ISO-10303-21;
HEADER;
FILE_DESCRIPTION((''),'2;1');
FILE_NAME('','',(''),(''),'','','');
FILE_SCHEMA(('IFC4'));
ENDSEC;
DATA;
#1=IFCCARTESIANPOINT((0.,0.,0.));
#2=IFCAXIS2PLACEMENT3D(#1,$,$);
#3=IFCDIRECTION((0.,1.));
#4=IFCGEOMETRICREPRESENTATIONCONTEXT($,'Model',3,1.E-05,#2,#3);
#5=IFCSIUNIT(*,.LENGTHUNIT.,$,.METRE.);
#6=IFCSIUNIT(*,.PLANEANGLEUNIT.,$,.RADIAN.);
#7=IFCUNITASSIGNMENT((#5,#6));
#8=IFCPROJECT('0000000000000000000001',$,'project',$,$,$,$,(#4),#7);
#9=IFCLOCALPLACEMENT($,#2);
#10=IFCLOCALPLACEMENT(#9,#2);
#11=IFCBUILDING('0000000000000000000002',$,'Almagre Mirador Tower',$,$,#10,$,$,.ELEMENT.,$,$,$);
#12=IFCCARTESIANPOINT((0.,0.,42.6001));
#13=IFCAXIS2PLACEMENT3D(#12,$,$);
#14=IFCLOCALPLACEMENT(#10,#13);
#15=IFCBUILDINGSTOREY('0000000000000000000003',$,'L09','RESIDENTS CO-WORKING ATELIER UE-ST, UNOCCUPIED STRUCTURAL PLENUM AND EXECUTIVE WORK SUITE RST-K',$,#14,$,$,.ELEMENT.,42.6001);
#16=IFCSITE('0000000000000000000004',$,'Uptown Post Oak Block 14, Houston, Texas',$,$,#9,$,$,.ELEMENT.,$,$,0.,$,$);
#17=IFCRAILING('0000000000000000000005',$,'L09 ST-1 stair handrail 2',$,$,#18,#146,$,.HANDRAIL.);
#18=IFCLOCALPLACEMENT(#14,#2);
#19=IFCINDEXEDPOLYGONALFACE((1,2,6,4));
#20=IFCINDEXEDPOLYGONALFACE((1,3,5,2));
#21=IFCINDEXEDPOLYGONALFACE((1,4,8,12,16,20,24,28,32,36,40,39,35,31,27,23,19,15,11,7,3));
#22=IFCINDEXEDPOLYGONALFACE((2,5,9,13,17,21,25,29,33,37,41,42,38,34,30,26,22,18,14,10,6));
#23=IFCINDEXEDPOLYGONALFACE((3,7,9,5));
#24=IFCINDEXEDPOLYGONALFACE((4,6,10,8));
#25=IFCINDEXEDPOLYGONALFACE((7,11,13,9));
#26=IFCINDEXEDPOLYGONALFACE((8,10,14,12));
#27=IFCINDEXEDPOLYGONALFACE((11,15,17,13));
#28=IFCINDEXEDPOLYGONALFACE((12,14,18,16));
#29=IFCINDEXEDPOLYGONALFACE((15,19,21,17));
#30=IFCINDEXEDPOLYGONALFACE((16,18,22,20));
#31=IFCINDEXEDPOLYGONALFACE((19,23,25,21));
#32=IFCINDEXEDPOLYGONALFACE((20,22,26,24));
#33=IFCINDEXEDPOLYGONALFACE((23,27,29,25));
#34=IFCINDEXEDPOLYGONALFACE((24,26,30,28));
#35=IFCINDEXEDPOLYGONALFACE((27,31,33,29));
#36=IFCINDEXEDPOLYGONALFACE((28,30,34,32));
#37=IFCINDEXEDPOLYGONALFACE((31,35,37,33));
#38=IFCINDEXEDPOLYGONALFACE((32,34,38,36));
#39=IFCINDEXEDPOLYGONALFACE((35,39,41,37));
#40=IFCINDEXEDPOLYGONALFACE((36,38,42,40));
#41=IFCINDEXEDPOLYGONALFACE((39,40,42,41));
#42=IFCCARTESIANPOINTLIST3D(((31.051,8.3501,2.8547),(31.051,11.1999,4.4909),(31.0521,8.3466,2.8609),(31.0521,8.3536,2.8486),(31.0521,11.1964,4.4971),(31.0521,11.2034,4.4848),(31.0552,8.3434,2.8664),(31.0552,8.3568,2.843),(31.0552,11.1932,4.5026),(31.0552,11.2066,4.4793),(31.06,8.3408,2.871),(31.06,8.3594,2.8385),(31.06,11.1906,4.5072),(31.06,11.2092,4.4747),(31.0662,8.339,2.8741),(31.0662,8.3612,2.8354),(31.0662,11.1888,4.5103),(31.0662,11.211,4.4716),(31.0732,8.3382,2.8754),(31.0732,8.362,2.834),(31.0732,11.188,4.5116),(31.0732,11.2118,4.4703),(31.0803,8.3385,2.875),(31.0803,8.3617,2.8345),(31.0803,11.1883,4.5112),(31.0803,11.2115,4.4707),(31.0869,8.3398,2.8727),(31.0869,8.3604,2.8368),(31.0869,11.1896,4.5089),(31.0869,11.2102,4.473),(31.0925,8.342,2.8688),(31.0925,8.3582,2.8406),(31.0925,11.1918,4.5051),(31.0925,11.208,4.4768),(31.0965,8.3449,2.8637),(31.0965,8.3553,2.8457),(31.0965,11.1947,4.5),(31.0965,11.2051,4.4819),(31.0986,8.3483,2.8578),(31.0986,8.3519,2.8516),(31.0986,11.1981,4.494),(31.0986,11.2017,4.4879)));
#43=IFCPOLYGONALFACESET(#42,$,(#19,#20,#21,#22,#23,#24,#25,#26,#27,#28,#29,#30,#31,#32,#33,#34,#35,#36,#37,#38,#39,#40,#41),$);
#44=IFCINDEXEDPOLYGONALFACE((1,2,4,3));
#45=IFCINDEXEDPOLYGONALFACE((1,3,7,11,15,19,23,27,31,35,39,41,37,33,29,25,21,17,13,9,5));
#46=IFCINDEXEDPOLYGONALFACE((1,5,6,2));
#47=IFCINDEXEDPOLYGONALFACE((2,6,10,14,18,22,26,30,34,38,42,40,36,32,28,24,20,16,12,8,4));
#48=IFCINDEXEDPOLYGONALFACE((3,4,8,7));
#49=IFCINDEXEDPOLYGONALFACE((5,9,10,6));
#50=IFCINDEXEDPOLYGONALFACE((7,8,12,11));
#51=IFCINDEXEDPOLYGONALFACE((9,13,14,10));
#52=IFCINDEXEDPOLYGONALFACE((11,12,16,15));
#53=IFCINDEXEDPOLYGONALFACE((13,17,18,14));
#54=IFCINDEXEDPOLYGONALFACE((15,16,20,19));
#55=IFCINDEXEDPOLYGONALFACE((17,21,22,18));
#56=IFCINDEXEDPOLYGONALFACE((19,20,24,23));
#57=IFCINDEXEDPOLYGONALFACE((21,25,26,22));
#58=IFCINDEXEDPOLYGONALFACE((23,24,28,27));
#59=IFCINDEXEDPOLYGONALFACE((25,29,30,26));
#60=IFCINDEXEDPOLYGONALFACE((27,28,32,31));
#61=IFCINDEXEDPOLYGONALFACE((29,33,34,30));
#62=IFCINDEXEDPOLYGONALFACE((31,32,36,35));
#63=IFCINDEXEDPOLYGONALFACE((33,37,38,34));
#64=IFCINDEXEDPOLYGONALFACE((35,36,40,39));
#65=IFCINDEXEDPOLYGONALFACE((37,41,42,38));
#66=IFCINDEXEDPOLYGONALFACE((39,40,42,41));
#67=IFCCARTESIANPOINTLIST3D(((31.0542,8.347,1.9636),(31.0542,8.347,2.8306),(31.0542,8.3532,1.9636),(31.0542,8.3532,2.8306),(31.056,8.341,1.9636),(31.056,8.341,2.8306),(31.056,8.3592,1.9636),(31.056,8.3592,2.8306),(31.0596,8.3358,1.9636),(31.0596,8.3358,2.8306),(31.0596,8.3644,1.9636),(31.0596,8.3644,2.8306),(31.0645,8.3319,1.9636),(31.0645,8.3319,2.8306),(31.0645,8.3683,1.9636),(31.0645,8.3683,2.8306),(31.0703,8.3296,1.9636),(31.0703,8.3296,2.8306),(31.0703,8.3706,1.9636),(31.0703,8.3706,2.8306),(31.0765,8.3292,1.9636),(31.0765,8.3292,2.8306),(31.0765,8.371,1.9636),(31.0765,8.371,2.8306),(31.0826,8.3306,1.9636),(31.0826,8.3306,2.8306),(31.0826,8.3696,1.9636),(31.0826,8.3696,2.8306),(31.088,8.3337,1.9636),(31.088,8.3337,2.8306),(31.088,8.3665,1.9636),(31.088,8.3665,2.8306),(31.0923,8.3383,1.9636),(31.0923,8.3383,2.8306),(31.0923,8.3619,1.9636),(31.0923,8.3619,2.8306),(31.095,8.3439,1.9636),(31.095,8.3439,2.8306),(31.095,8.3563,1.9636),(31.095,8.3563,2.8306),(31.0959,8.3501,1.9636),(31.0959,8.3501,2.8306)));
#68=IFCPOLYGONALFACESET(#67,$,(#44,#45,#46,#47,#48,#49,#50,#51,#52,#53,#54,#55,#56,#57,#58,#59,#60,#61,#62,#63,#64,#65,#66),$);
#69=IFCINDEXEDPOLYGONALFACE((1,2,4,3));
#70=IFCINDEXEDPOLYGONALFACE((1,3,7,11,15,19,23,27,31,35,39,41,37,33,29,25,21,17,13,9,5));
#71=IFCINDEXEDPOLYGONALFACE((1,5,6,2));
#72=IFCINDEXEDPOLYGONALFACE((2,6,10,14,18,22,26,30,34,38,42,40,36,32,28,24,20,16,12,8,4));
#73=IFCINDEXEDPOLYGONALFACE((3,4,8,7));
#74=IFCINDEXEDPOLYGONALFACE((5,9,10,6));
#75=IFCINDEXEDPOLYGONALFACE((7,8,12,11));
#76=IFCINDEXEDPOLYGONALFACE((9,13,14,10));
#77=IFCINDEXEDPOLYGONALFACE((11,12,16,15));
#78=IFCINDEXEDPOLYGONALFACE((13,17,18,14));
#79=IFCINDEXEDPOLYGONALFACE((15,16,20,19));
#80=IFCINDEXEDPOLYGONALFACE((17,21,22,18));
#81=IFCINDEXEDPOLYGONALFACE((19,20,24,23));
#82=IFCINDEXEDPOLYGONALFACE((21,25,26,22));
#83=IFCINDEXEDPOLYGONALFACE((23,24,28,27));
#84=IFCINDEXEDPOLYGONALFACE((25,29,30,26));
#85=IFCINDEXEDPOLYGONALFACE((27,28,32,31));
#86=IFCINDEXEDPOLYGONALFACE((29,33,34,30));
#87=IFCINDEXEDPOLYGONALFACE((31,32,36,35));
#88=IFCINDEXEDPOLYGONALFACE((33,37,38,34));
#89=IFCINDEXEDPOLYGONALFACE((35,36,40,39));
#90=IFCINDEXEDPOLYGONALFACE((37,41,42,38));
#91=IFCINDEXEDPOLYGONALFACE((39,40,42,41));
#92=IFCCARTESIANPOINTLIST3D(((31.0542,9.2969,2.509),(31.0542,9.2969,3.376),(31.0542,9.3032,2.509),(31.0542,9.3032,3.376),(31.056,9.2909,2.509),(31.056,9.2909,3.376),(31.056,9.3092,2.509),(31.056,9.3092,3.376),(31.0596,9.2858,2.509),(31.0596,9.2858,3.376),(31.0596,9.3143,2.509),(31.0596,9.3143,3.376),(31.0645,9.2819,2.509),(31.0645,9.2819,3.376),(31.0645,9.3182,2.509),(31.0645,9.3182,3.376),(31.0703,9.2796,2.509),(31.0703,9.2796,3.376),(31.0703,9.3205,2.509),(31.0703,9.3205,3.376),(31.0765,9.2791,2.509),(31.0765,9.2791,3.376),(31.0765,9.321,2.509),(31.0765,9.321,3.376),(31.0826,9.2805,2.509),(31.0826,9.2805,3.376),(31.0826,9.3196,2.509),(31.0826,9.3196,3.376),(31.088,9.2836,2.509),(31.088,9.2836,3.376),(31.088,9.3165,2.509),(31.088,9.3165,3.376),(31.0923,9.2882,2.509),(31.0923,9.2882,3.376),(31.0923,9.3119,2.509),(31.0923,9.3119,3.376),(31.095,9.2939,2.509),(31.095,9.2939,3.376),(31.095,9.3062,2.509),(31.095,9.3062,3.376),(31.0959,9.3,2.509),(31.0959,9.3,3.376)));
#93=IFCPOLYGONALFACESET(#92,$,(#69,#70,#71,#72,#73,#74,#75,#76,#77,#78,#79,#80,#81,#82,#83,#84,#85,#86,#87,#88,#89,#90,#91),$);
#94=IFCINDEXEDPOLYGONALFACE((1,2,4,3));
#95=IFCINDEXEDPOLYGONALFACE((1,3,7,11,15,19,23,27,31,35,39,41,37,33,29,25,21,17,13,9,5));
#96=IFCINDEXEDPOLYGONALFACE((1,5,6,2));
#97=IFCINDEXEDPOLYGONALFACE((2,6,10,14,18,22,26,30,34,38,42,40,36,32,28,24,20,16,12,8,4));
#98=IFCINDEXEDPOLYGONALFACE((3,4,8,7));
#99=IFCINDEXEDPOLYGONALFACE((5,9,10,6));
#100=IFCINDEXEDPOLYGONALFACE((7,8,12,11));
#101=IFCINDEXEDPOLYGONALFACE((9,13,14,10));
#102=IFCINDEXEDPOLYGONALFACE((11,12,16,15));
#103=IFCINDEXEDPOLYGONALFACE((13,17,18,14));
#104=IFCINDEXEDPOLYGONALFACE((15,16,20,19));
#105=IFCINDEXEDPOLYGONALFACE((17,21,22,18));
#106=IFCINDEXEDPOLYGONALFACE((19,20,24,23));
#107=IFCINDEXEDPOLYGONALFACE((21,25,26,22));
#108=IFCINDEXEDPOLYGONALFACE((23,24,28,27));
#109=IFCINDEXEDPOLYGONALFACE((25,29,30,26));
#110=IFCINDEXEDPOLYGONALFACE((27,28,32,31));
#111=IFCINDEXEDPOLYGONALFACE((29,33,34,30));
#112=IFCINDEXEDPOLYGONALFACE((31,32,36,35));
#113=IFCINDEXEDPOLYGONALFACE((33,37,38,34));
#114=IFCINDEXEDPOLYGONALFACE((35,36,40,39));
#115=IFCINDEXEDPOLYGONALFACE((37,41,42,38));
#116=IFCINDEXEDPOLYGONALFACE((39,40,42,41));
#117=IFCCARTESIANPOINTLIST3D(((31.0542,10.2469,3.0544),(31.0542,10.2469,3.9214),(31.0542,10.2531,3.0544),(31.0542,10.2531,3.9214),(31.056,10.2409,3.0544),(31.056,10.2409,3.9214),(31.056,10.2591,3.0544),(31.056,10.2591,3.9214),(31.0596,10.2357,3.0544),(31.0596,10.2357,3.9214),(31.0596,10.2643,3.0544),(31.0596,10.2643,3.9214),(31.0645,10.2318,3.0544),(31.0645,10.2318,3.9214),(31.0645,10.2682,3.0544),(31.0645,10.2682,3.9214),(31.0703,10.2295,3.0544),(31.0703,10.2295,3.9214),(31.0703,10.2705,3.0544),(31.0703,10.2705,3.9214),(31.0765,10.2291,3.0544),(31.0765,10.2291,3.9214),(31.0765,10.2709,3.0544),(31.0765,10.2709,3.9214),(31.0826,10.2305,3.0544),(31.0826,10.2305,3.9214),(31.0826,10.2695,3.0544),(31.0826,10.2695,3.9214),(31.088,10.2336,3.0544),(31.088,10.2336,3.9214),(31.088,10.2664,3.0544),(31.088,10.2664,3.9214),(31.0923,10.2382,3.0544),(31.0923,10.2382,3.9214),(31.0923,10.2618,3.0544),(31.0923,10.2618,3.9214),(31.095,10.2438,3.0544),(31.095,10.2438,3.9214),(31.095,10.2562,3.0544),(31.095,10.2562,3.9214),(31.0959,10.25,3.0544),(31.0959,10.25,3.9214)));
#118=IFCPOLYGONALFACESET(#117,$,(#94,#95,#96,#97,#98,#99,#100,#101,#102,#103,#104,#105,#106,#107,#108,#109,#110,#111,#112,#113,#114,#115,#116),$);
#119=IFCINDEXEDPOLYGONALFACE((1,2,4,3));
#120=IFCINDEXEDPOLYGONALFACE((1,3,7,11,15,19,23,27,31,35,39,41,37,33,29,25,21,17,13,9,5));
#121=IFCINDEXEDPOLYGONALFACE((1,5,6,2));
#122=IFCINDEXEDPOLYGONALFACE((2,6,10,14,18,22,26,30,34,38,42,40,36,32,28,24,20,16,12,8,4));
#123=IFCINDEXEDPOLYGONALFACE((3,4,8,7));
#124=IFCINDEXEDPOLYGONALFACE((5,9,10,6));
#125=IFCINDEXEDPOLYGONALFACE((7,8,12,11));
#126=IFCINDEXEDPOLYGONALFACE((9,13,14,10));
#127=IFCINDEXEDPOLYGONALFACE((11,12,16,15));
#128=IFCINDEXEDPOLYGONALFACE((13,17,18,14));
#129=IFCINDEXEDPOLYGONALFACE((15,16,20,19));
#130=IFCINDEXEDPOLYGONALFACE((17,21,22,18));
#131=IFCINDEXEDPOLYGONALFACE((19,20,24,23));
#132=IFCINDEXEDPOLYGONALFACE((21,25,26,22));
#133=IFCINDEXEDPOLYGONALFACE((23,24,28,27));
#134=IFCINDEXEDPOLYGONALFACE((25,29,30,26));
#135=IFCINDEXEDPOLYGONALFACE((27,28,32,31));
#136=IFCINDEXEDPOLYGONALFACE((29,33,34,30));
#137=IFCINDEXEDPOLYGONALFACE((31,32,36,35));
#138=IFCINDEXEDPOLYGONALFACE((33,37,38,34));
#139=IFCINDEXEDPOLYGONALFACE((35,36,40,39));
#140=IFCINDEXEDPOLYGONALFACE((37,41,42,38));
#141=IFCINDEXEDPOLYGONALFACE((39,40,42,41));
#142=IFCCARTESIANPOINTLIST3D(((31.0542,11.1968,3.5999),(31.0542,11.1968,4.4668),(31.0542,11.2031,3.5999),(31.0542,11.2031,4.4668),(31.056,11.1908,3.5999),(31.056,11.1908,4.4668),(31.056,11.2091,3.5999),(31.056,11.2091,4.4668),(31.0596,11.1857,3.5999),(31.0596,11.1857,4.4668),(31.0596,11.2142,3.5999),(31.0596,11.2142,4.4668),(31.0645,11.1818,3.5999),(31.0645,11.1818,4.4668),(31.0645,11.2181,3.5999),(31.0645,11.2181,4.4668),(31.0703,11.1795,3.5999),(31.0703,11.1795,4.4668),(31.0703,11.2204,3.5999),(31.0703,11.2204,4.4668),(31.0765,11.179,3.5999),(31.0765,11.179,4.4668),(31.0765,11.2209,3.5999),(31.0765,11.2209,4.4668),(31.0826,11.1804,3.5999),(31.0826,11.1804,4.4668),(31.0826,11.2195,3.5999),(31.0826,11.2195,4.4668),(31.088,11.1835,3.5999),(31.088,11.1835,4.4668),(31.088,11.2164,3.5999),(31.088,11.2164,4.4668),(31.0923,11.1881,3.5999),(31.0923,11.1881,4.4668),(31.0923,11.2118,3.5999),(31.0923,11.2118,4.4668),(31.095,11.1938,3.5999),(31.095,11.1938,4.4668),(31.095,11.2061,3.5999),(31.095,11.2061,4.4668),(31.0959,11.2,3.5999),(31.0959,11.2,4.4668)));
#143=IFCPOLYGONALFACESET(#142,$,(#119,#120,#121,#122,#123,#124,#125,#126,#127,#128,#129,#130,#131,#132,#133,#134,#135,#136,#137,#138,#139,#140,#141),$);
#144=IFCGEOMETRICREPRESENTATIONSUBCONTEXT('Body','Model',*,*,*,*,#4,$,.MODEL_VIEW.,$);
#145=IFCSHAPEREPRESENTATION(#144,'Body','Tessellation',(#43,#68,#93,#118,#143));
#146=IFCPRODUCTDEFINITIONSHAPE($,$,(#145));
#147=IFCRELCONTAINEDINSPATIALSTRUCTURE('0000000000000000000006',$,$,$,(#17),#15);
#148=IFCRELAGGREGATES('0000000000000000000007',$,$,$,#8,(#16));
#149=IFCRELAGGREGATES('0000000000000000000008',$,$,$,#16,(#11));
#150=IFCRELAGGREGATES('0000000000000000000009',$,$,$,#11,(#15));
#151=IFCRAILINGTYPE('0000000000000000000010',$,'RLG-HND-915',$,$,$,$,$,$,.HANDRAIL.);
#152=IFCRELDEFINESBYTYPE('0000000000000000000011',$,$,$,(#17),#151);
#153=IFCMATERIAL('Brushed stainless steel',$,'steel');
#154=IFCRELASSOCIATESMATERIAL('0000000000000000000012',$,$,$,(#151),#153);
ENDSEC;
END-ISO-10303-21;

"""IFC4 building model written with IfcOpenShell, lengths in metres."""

from ifc_helpers import new_model, si_unit, direction, frame, origin, origin_2d, place, context, subcontext, project, spatial, circle, extrude, material, type_object, element, save


model = new_model("IFC4")

# Units and contexts
model_context = context("Model", 3, precision=1e-05, world=origin(), true_north=direction((0.0, 1.0)))
body_context = subcontext(model_context, "Body", "Model", "MODEL_VIEW")
ifc_project = project(units=[si_unit("LENGTHUNIT", "METRE"), si_unit("PLANEANGLEUNIT", "RADIAN")], contexts=[model_context])

# Site, building, storey
site_placement = place(None, origin())
site = spatial("IfcSite", under=ifc_project, at=site_placement, Name="Uptown Post Oak Block 14, Houston, Texas", CompositionType="ELEMENT", RefElevation=0.0)
building_placement = place(site_placement, origin())
building = spatial("IfcBuilding", under=site, at=building_placement, Name="Almagre Mirador Tower", CompositionType="ELEMENT")
storey_placement = place(building_placement, frame((0.0, 0.0, 42.6001)))
storey = spatial("IfcBuildingStorey", under=building, at=storey_placement, Name="L09", Description="RESIDENTS CO-WORKING ATELIER UE-ST, UNOCCUPIED STRUCTURAL PLENUM AND EXECUTIVE WORK SUITE RST-K", CompositionType="ELEMENT", Elevation=42.6001)

# Railing
ifc_material_1 = material(Name="Brushed stainless steel", Category="steel")
railing_type_1 = type_object("IfcRailingType", Name="RLG-HND-915", PredefinedType="HANDRAIL", material=ifc_material_1)
railing_1_placement = place(storey_placement, frame((31.075, 8.3501, 1.9636)))
element("IfcRailing", 1, at=railing_1_placement, inside=storey, type_object=railing_type_1, Name="L09 ST-1 stair handrail 2", PredefinedType="HANDRAIL", context=body_context, shape_type="SweptSolid", body=[
    extrude(circle(Radius=0.0239, at=origin_2d()), frame((0.0, 0.0, 0.8911), z_axis=(0.0, 0.867226, 0.497914), x_axis=(-1.0, 0.0, 0.0)), (0.0, 0.0, 1.0), 3.2861),
    extrude(circle(Radius=0.021, at=origin_2d()), origin(), (0.0, 0.0, 1.0), 0.8669),
    extrude(circle(Radius=0.021, at=origin_2d()), frame((0.0, 0.95, 0.5454)), (0.0, 0.0, 1.0), 0.8669),
    extrude(circle(Radius=0.021, at=origin_2d()), frame((0.0, 1.8999, 1.0908)), (0.0, 0.0, 1.0), 0.8669),
    extrude(circle(Radius=0.021, at=origin_2d()), frame((0.0, 2.8499, 1.6362)), (0.0, 0.0, 1.0), 0.8669),
])

save(model, "model.ifc")
